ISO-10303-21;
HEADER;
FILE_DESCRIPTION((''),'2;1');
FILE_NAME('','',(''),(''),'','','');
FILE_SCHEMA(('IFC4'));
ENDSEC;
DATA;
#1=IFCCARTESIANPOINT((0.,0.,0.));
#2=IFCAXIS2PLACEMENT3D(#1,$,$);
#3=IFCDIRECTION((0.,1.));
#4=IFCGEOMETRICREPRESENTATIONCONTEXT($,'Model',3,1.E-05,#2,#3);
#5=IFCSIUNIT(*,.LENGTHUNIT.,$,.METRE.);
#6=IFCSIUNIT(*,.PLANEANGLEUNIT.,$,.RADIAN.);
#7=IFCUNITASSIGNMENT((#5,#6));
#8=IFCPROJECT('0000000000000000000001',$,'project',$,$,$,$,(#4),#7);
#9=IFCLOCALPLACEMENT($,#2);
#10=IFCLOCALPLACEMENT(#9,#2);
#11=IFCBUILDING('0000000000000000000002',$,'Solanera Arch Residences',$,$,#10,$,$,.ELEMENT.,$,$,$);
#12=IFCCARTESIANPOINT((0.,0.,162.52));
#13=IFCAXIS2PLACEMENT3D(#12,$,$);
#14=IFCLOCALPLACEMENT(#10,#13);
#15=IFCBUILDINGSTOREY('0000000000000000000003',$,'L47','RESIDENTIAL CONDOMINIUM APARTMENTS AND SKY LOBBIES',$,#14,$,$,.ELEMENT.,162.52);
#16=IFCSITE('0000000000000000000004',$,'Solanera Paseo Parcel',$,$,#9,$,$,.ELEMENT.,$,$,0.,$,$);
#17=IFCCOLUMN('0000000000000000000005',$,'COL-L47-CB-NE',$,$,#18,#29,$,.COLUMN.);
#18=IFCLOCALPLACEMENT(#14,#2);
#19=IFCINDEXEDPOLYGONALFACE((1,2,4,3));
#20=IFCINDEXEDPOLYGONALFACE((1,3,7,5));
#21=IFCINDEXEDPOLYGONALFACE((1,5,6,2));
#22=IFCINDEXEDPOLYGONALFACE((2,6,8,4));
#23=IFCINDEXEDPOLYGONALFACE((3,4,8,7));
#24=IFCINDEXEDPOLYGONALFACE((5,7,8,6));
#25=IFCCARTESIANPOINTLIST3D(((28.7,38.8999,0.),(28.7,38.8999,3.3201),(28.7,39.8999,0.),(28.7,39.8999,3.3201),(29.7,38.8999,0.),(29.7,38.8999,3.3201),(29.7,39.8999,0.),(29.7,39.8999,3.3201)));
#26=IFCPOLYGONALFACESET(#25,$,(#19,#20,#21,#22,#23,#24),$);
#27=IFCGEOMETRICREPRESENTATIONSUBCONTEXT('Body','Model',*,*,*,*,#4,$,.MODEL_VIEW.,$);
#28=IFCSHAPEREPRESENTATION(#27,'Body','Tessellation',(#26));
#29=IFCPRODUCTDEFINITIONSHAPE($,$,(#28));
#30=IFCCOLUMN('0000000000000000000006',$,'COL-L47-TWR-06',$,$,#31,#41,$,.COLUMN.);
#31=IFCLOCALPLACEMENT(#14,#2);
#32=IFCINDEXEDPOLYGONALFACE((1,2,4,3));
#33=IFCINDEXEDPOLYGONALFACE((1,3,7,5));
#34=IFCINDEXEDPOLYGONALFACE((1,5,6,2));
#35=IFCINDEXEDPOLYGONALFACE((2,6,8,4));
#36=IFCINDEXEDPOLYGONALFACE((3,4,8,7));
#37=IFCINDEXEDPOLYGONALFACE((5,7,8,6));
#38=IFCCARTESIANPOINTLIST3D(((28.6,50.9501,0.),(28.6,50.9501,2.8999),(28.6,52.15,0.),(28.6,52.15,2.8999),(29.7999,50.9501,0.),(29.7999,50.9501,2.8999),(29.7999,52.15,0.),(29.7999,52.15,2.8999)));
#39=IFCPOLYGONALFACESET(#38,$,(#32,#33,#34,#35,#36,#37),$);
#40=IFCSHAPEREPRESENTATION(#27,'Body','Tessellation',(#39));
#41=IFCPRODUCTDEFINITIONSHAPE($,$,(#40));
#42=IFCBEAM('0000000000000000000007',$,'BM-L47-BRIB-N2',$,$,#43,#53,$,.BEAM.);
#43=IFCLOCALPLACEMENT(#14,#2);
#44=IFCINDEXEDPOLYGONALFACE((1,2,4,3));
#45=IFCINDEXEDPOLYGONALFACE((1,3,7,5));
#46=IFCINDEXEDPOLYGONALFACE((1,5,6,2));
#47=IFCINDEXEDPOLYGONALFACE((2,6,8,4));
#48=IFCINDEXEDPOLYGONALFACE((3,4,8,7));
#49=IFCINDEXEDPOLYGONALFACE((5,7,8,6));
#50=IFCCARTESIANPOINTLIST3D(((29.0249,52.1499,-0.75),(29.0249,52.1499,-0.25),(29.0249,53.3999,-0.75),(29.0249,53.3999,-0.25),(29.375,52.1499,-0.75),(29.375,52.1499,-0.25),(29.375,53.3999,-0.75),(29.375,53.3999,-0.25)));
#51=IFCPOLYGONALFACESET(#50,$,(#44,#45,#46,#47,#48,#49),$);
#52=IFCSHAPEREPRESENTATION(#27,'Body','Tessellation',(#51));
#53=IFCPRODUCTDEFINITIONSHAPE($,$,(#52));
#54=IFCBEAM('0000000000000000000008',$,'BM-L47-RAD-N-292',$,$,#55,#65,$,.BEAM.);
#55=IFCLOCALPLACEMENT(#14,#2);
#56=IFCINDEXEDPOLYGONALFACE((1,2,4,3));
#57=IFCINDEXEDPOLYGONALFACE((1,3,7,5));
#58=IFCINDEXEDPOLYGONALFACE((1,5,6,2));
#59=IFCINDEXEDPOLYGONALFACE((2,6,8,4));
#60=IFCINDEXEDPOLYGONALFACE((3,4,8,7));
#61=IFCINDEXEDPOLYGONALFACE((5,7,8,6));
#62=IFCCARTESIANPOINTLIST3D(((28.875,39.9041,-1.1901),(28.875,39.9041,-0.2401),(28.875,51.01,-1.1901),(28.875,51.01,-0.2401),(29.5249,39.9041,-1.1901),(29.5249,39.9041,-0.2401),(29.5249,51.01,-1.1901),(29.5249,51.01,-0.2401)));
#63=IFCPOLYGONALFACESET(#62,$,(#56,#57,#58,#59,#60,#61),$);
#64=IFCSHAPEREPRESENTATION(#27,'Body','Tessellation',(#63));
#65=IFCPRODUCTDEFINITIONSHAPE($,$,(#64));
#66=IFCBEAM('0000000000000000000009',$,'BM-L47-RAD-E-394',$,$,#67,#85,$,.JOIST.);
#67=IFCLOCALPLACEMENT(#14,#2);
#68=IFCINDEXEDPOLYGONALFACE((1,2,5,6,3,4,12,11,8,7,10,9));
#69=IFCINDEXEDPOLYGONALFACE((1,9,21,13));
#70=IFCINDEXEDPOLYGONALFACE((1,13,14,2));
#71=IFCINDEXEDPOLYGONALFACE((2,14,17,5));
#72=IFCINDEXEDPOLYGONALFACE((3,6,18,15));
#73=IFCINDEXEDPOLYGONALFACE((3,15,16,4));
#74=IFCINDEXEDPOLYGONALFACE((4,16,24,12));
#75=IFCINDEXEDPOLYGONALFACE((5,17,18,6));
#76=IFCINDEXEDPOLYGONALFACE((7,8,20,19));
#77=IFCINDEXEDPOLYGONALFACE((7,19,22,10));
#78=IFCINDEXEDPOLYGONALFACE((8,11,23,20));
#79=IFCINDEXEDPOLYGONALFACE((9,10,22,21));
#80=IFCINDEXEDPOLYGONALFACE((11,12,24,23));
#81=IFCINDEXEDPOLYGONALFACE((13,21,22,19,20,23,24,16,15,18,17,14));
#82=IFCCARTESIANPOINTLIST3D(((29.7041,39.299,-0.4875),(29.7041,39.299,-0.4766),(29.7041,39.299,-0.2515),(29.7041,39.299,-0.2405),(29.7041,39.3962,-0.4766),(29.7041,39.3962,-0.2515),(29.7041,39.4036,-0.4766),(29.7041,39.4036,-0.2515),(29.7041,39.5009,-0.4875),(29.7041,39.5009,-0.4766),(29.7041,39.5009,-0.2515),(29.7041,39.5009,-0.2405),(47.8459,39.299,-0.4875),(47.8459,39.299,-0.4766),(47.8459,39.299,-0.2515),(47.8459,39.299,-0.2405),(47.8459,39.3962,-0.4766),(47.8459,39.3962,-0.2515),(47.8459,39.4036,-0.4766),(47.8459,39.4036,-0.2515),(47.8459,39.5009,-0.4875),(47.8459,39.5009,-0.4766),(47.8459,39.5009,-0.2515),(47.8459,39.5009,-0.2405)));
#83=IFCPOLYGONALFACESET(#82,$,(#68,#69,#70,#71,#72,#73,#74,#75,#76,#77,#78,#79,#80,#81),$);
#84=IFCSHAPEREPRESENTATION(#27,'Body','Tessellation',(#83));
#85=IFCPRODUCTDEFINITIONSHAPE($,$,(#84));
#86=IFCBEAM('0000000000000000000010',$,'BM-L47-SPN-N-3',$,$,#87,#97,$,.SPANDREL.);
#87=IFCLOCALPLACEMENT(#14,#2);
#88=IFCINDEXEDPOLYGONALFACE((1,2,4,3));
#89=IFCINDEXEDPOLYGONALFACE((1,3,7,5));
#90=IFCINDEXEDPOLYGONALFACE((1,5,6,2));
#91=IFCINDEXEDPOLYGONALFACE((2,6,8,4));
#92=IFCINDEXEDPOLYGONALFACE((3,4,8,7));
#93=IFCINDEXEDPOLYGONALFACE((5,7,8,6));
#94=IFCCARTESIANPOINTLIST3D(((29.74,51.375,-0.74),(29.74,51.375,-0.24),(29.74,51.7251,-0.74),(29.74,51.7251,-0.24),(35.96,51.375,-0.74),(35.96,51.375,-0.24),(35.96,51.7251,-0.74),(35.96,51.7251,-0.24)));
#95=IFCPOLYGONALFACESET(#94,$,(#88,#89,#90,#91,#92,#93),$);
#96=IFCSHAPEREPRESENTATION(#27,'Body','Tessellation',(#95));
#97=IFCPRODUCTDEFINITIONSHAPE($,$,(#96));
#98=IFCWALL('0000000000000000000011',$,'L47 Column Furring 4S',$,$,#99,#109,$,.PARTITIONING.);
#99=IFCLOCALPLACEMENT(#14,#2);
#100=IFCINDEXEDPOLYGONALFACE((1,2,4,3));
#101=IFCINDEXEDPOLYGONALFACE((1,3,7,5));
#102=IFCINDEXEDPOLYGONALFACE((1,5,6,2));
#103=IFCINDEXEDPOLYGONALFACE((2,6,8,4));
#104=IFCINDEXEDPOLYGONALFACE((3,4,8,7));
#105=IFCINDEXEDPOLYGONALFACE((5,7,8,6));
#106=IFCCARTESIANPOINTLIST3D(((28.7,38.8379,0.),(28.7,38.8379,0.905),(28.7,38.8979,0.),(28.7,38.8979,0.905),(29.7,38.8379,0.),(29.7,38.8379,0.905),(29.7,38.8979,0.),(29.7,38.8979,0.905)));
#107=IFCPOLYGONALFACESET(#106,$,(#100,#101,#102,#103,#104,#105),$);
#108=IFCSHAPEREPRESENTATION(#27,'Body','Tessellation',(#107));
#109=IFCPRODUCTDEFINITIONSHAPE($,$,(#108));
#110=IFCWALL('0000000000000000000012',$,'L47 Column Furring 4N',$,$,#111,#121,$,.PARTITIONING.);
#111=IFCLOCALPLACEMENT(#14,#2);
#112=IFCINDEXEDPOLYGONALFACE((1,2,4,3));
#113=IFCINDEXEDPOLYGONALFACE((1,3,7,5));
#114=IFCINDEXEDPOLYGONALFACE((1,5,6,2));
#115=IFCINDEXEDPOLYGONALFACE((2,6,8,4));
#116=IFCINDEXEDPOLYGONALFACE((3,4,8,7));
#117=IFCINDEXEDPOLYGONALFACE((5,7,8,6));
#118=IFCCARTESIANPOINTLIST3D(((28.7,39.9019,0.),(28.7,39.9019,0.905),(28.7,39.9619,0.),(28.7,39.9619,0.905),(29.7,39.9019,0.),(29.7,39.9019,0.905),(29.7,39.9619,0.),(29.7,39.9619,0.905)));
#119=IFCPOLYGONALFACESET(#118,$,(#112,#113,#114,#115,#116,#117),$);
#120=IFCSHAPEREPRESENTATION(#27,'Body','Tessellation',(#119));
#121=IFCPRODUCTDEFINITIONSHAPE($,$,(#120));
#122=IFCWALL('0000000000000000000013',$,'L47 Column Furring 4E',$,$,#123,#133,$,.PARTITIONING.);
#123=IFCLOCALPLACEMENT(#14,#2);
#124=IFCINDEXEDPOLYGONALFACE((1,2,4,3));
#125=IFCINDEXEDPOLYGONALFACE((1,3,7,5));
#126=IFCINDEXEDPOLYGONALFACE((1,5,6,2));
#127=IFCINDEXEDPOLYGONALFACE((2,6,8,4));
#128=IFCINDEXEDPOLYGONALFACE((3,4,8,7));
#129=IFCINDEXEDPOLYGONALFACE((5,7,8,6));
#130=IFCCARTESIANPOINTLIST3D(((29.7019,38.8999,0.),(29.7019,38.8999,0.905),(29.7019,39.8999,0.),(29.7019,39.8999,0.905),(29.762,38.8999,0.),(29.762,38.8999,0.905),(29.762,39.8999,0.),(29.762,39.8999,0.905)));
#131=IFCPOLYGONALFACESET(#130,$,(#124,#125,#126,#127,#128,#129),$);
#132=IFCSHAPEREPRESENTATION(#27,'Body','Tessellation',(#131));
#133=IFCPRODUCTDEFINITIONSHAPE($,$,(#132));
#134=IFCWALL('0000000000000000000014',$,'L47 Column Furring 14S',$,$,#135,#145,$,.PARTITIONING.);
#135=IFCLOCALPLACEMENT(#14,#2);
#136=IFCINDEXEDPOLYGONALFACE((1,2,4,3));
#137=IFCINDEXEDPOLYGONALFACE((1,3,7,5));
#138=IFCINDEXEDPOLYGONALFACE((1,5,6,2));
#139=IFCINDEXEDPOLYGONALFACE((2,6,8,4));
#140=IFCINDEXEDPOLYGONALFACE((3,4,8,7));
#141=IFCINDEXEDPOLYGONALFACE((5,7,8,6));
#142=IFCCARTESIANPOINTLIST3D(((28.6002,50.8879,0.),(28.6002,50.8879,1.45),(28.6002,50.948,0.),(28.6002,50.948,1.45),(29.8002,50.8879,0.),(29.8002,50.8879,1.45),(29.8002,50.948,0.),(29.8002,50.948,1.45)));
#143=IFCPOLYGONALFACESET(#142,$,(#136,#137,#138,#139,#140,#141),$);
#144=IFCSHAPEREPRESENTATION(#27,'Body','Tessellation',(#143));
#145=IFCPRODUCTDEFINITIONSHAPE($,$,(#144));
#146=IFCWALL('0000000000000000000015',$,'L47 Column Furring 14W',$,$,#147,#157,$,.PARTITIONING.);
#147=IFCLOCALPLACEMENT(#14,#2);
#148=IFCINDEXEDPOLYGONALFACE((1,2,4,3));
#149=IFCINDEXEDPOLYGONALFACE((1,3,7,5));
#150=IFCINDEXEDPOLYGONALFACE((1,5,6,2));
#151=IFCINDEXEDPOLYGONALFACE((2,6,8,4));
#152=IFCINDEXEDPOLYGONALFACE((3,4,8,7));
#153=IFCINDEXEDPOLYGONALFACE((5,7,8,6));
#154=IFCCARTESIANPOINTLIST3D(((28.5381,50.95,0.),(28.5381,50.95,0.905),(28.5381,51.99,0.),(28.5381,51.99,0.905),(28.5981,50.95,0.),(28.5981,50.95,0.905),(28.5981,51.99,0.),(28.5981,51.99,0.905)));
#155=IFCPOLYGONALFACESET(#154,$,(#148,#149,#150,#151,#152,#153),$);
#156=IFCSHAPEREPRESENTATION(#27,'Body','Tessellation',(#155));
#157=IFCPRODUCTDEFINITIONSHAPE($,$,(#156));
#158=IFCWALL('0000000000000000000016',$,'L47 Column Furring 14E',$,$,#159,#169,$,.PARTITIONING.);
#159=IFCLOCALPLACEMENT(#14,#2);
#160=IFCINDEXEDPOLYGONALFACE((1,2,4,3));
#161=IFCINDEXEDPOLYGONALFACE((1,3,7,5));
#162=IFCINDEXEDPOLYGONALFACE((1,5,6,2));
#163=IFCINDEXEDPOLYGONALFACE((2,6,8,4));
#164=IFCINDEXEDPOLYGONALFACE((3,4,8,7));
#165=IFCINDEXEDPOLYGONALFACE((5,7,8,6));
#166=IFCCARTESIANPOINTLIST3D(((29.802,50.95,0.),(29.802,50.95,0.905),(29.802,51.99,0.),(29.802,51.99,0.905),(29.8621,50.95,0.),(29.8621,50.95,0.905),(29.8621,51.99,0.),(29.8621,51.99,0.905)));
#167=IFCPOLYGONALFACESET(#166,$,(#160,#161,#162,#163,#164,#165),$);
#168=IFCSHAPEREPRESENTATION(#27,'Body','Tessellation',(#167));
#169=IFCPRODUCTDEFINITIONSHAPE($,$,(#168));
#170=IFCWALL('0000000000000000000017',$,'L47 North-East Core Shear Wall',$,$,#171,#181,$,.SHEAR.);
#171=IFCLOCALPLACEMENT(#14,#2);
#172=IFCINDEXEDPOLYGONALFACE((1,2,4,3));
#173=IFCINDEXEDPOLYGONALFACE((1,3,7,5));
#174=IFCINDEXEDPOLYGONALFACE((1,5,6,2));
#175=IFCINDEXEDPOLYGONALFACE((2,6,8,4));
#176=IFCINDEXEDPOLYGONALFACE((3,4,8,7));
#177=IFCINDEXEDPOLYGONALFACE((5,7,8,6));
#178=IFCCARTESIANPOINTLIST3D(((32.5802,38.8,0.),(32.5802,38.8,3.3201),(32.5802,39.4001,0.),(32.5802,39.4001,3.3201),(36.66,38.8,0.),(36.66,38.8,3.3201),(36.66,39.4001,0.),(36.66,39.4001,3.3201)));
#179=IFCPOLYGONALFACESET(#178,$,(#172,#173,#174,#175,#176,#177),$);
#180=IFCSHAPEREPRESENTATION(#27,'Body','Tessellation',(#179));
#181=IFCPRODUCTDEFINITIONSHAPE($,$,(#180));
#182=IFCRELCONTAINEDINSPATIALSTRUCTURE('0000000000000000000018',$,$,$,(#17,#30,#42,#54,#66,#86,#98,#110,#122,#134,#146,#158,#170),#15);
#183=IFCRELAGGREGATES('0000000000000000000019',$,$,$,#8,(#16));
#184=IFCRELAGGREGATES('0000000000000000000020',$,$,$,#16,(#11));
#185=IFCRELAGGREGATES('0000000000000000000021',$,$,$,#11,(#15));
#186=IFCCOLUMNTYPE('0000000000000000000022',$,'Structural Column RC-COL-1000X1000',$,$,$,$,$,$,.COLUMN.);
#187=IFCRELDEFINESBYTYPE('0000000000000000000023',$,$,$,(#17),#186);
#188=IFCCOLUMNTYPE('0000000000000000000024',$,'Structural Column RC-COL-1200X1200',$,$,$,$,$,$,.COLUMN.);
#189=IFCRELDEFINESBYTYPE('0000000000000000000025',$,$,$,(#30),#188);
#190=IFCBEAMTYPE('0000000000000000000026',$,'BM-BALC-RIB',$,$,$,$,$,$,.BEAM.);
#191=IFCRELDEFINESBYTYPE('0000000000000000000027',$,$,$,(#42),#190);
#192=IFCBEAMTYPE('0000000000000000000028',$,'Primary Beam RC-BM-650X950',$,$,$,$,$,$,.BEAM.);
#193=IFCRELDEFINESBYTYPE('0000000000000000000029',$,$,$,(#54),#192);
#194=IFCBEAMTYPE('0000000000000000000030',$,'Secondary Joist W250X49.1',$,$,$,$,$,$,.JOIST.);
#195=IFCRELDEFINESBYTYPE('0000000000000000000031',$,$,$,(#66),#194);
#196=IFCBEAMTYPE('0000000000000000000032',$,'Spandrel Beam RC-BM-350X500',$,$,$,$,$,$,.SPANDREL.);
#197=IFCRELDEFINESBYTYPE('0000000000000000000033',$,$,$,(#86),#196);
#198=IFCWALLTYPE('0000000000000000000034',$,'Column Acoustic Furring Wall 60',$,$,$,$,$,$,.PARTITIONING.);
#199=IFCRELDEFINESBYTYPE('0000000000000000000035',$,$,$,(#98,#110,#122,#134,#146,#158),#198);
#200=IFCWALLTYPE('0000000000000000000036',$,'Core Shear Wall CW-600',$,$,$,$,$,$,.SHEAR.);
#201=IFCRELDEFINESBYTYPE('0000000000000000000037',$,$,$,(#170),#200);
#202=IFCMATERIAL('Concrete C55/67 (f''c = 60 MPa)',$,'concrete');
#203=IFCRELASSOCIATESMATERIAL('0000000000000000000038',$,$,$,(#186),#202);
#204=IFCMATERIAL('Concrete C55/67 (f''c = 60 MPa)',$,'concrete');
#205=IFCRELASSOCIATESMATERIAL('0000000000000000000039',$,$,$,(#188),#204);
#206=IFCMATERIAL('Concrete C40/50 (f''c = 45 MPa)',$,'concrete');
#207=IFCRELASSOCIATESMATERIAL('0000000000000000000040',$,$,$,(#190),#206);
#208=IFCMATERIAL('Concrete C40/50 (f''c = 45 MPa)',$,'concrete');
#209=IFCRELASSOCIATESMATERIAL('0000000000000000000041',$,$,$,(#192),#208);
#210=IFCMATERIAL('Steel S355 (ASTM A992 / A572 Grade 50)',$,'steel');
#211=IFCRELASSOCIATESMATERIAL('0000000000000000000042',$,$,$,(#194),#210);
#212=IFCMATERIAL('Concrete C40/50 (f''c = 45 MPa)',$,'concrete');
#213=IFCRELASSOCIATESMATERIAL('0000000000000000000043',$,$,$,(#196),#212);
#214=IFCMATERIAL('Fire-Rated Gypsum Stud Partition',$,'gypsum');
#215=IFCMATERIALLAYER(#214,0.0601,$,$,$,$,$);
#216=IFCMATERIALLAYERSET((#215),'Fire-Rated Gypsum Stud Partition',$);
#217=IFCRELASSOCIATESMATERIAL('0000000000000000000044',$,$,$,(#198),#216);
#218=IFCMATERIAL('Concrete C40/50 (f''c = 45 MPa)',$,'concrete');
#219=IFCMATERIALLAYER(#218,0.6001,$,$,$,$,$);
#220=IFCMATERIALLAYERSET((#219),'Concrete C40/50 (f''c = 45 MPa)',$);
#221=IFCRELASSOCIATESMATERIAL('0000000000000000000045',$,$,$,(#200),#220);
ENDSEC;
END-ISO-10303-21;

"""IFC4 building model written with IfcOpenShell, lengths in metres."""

from ifc_helpers import new_model, si_unit, direction, frame, frame_2d, origin, origin_2d, place, context, subcontext, project, spatial, rectangle, i_section, extrude, material, layer, layer_set, material_profile, profile_set, type_object, element, save


model = new_model("IFC4")

# Units and contexts
model_context = context("Model", 3, precision=1e-05, world=origin(), true_north=direction((0.0, 1.0)))
body_context = subcontext(model_context, "Body", "Model", "MODEL_VIEW")
ifc_project = project(units=[si_unit("LENGTHUNIT", "METRE"), si_unit("PLANEANGLEUNIT", "RADIAN")], contexts=[model_context])

# Site, building, storey
site_placement = place(None, origin())
site = spatial("IfcSite", under=ifc_project, at=site_placement, Name="Solanera Paseo Parcel", CompositionType="ELEMENT", RefElevation=0.0)
building_placement = place(site_placement, origin())
building = spatial("IfcBuilding", under=site, at=building_placement, Name="Solanera Arch Residences", CompositionType="ELEMENT")
storey_placement = place(building_placement, frame((0.0, 0.0, 162.52)))
storey = spatial("IfcBuildingStorey", under=building, at=storey_placement, Name="L47", Description="RESIDENTIAL CONDOMINIUM APARTMENTS AND SKY LOBBIES", CompositionType="ELEMENT", Elevation=162.52)

# Columns
ifc_material_1 = material(Name="Concrete C55/67 (f'c = 60 MPa)", Category="concrete")
ifc_material_profile_1 = material_profile(ifc_material_1, rectangle(XDim=1.0, YDim=1.0, at=origin_2d()))
ifc_profile_set_1 = profile_set([ifc_material_profile_1], Name="Concrete C55/67 (f'c = 60 MPa)")
column_type_1 = type_object("IfcColumnType", Name="Structural Column RC-COL-1000X1000", PredefinedType="COLUMN", material=ifc_profile_set_1)
column_1_placement = place(storey_placement, frame((29.2, 39.3999, 0.0), z_axis=(0.0, 0.0, 1.0), x_axis=(1.0, 0.0, 0.0)))
element("IfcColumn", 1, at=column_1_placement, inside=storey, type_object=column_type_1, Name="COL-L47-CB-NE", PredefinedType="COLUMN", context=body_context, shape_type="SweptSolid", body=[
    extrude(rectangle(XDim=1.0, YDim=1.0, at=origin_2d()), origin(), (0.0, 0.0, 1.0), 3.3201),
])
ifc_material_2 = material(Name="Concrete C55/67 (f'c = 60 MPa)", Category="concrete")
ifc_material_profile_2 = material_profile(ifc_material_2, rectangle(XDim=1.2, YDim=1.2, at=origin_2d()))
ifc_profile_set_2 = profile_set([ifc_material_profile_2], Name="Concrete C55/67 (f'c = 60 MPa)")
column_type_2 = type_object("IfcColumnType", Name="Structural Column RC-COL-1200X1200", PredefinedType="COLUMN", material=ifc_profile_set_2)
column_2_placement = place(storey_placement, frame((29.2, 51.55, 0.0), z_axis=(0.0, 0.0, 1.0), x_axis=(1.0, 0.0, 0.0)))
element("IfcColumn", 2, at=column_2_placement, inside=storey, type_object=column_type_2, Name="COL-L47-TWR-06", PredefinedType="COLUMN", context=body_context, shape_type="SweptSolid", body=[
    extrude(rectangle(XDim=1.2, YDim=1.2, at=origin_2d()), origin(), (0.0, 0.0, 1.0), 2.8999),
])

# Beams
ifc_material_3 = material(Name="Concrete C40/50 (f'c = 45 MPa)", Category="concrete")
ifc_material_profile_3 = material_profile(ifc_material_3, rectangle(XDim=0.3501, YDim=0.5, at=origin_2d()))
ifc_profile_set_3 = profile_set([ifc_material_profile_3], Name="Concrete C40/50 (f'c = 45 MPa)")
beam_type_1 = type_object("IfcBeamType", Name="BM-BALC-RIB", PredefinedType="BEAM", material=ifc_profile_set_3)
beam_1_placement = place(storey_placement, frame((29.2, 52.1499, -0.5), z_axis=(0.0, 1.0, 0.0), x_axis=(-1.0, 0.0, 0.0)))
element("IfcBeam", 3, at=beam_1_placement, inside=storey, type_object=beam_type_1, Name="BM-L47-BRIB-N2", PredefinedType="BEAM", context=body_context, shape_type="SweptSolid", body=[
    extrude(rectangle(XDim=0.3501, YDim=0.5, at=origin_2d()), origin(), (0.0, 0.0, 1.0), 1.25),
])
ifc_material_4 = material(Name="Concrete C40/50 (f'c = 45 MPa)", Category="concrete")
ifc_material_profile_4 = material_profile(ifc_material_4, rectangle(XDim=0.6499, YDim=0.95, at=origin_2d()))
ifc_profile_set_4 = profile_set([ifc_material_profile_4], Name="Concrete C40/50 (f'c = 45 MPa)")
beam_type_2 = type_object("IfcBeamType", Name="Primary Beam RC-BM-650X950", PredefinedType="BEAM", material=ifc_profile_set_4)
beam_2_placement = place(storey_placement, frame((29.2, 39.9041, -0.7151), z_axis=(0.0, 1.0, 0.0), x_axis=(-1.0, 0.0, 0.0)))
element("IfcBeam", 4, at=beam_2_placement, inside=storey, type_object=beam_type_2, Name="BM-L47-RAD-N-292", PredefinedType="BEAM", context=body_context, shape_type="SweptSolid", body=[
    extrude(rectangle(XDim=0.6499, YDim=0.95, at=origin_2d()), origin(), (0.0, 0.0, 1.0), 11.106),
])
ifc_material_5 = material(Name="Steel S355 (ASTM A992 / A572 Grade 50)", Category="steel")
ifc_material_profile_5 = material_profile(ifc_material_5, i_section(OverallWidth=0.2019, OverallDepth=0.2471, WebThickness=0.0073, FlangeThickness=0.011, at=origin_2d()))
ifc_profile_set_5 = profile_set([ifc_material_profile_5], Name="Steel S355 (ASTM A992 / A572 Grade 50)")
beam_type_3 = type_object("IfcBeamType", Name="Secondary Joist W250X49.1", PredefinedType="JOIST", material=ifc_profile_set_5)
beam_3_placement = place(storey_placement, frame((29.7041, 39.3999, -0.364), z_axis=(1.0, 0.0, 0.0), x_axis=(0.0, 1.0, 0.0)))
element("IfcBeam", 5, at=beam_3_placement, inside=storey, type_object=beam_type_3, Name="BM-L47-RAD-E-394", PredefinedType="JOIST", context=body_context, shape_type="SweptSolid", body=[
    extrude(i_section(OverallWidth=0.2019, OverallDepth=0.2471, WebThickness=0.0073, FlangeThickness=0.011, at=origin_2d()), origin(), (0.0, 0.0, 1.0), 18.1418),
])
ifc_material_6 = material(Name="Concrete C40/50 (f'c = 45 MPa)", Category="concrete")
ifc_material_profile_6 = material_profile(ifc_material_6, rectangle(XDim=0.3501, YDim=0.5, at=origin_2d()))
ifc_profile_set_6 = profile_set([ifc_material_profile_6], Name="Concrete C40/50 (f'c = 45 MPa)")
beam_type_4 = type_object("IfcBeamType", Name="Spandrel Beam RC-BM-350X500", PredefinedType="SPANDREL", material=ifc_profile_set_6)
beam_4_placement = place(storey_placement, frame((29.74, 51.55, -0.49), z_axis=(1.0, 0.0, 0.0), x_axis=(0.0, 1.0, 0.0)))
element("IfcBeam", 6, at=beam_4_placement, inside=storey, type_object=beam_type_4, Name="BM-L47-SPN-N-3", PredefinedType="SPANDREL", context=body_context, shape_type="SweptSolid", body=[
    extrude(rectangle(XDim=0.3501, YDim=0.5, at=origin_2d()), origin(), (0.0, 0.0, 1.0), 6.22),
])

# Walls
ifc_material_7 = material(Name="Fire-Rated Gypsum Stud Partition", Category="gypsum")
ifc_layer_1 = layer(ifc_material_7, 0.0601)
ifc_layer_set_1 = layer_set([ifc_layer_1], Name="Fire-Rated Gypsum Stud Partition")
wall_type_1 = type_object("IfcWallType", Name="Column Acoustic Furring Wall 60", PredefinedType="PARTITIONING", material=ifc_layer_set_1)
for number, where, z_axis, x_axis, name in (
    (7, (28.7, 38.8679, 0.0), (0.0, 0.0, 1.0), (1.0, 0.0, 0.0), "L47 Column Furring 4S"),
    (8, (28.7, 39.9319, 0.0), (0.0, 0.0, 1.0), (1.0, 0.0, 0.0), "L47 Column Furring 4N"),
    (9, (29.7319, 38.8999, 0.0), (0.0, 0.0, 1.0), (0.0, 1.0, 0.0), "L47 Column Furring 4E"),
):
    element("IfcWall", number, at=place(storey_placement, frame(where, z_axis=z_axis, x_axis=x_axis)), inside=storey, type_object=wall_type_1, Name=name, PredefinedType="PARTITIONING", context=body_context, shape_type="SweptSolid", body=[
        extrude(rectangle(XDim=1.0, YDim=0.0601, at=frame_2d((0.5, 0.0))), origin(), (0.0, 0.0, 1.0), 0.905),
    ])
wall_1_placement = place(storey_placement, frame((28.6001, 50.918, 0.0), z_axis=(0.0, 0.0, 1.0), x_axis=(1.0, 0.0, 0.0)))
element("IfcWall", 10, at=wall_1_placement, inside=storey, type_object=wall_type_1, Name="L47 Column Furring 14S", PredefinedType="PARTITIONING", context=body_context, shape_type="SweptSolid", body=[
    extrude(rectangle(XDim=1.2, YDim=0.0601, at=frame_2d((0.6001, 0.0))), origin(), (0.0, 0.0, 1.0), 1.45),
])
for number, where, z_axis, x_axis, name in (
    (11, (28.5681, 50.95, 0.0), (0.0, 0.0, 1.0), (0.0, 1.0, 0.0), "L47 Column Furring 14W"),
    (12, (29.832, 50.95, 0.0), (0.0, 0.0, 1.0), (0.0, 1.0, 0.0), "L47 Column Furring 14E"),
):
    element("IfcWall", number, at=place(storey_placement, frame(where, z_axis=z_axis, x_axis=x_axis)), inside=storey, type_object=wall_type_1, Name=name, PredefinedType="PARTITIONING", context=body_context, shape_type="SweptSolid", body=[
        extrude(rectangle(XDim=1.04, YDim=0.0601, at=frame_2d((0.52, 0.0))), origin(), (0.0, 0.0, 1.0), 0.905),
    ])
ifc_material_8 = material(Name="Concrete C40/50 (f'c = 45 MPa)", Category="concrete")
ifc_layer_2 = layer(ifc_material_8, 0.6001)
ifc_layer_set_2 = layer_set([ifc_layer_2], Name="Concrete C40/50 (f'c = 45 MPa)")
wall_type_2 = type_object("IfcWallType", Name="Core Shear Wall CW-600", PredefinedType="SHEAR", material=ifc_layer_set_2)
wall_2_placement = place(storey_placement, frame((32.5801, 39.1001, 0.0), z_axis=(0.0, 0.0, 1.0), x_axis=(1.0, 0.0, 0.0)))
element("IfcWall", 13, at=wall_2_placement, inside=storey, type_object=wall_type_2, Name="L47 North-East Core Shear Wall", PredefinedType="SHEAR", context=body_context, shape_type="SweptSolid", body=[
    extrude(rectangle(XDim=4.0798, YDim=0.6001, at=frame_2d((2.04, 0.0))), origin(), (0.0, 0.0, 1.0), 3.3201),
])

save(model, "model.ifc")
